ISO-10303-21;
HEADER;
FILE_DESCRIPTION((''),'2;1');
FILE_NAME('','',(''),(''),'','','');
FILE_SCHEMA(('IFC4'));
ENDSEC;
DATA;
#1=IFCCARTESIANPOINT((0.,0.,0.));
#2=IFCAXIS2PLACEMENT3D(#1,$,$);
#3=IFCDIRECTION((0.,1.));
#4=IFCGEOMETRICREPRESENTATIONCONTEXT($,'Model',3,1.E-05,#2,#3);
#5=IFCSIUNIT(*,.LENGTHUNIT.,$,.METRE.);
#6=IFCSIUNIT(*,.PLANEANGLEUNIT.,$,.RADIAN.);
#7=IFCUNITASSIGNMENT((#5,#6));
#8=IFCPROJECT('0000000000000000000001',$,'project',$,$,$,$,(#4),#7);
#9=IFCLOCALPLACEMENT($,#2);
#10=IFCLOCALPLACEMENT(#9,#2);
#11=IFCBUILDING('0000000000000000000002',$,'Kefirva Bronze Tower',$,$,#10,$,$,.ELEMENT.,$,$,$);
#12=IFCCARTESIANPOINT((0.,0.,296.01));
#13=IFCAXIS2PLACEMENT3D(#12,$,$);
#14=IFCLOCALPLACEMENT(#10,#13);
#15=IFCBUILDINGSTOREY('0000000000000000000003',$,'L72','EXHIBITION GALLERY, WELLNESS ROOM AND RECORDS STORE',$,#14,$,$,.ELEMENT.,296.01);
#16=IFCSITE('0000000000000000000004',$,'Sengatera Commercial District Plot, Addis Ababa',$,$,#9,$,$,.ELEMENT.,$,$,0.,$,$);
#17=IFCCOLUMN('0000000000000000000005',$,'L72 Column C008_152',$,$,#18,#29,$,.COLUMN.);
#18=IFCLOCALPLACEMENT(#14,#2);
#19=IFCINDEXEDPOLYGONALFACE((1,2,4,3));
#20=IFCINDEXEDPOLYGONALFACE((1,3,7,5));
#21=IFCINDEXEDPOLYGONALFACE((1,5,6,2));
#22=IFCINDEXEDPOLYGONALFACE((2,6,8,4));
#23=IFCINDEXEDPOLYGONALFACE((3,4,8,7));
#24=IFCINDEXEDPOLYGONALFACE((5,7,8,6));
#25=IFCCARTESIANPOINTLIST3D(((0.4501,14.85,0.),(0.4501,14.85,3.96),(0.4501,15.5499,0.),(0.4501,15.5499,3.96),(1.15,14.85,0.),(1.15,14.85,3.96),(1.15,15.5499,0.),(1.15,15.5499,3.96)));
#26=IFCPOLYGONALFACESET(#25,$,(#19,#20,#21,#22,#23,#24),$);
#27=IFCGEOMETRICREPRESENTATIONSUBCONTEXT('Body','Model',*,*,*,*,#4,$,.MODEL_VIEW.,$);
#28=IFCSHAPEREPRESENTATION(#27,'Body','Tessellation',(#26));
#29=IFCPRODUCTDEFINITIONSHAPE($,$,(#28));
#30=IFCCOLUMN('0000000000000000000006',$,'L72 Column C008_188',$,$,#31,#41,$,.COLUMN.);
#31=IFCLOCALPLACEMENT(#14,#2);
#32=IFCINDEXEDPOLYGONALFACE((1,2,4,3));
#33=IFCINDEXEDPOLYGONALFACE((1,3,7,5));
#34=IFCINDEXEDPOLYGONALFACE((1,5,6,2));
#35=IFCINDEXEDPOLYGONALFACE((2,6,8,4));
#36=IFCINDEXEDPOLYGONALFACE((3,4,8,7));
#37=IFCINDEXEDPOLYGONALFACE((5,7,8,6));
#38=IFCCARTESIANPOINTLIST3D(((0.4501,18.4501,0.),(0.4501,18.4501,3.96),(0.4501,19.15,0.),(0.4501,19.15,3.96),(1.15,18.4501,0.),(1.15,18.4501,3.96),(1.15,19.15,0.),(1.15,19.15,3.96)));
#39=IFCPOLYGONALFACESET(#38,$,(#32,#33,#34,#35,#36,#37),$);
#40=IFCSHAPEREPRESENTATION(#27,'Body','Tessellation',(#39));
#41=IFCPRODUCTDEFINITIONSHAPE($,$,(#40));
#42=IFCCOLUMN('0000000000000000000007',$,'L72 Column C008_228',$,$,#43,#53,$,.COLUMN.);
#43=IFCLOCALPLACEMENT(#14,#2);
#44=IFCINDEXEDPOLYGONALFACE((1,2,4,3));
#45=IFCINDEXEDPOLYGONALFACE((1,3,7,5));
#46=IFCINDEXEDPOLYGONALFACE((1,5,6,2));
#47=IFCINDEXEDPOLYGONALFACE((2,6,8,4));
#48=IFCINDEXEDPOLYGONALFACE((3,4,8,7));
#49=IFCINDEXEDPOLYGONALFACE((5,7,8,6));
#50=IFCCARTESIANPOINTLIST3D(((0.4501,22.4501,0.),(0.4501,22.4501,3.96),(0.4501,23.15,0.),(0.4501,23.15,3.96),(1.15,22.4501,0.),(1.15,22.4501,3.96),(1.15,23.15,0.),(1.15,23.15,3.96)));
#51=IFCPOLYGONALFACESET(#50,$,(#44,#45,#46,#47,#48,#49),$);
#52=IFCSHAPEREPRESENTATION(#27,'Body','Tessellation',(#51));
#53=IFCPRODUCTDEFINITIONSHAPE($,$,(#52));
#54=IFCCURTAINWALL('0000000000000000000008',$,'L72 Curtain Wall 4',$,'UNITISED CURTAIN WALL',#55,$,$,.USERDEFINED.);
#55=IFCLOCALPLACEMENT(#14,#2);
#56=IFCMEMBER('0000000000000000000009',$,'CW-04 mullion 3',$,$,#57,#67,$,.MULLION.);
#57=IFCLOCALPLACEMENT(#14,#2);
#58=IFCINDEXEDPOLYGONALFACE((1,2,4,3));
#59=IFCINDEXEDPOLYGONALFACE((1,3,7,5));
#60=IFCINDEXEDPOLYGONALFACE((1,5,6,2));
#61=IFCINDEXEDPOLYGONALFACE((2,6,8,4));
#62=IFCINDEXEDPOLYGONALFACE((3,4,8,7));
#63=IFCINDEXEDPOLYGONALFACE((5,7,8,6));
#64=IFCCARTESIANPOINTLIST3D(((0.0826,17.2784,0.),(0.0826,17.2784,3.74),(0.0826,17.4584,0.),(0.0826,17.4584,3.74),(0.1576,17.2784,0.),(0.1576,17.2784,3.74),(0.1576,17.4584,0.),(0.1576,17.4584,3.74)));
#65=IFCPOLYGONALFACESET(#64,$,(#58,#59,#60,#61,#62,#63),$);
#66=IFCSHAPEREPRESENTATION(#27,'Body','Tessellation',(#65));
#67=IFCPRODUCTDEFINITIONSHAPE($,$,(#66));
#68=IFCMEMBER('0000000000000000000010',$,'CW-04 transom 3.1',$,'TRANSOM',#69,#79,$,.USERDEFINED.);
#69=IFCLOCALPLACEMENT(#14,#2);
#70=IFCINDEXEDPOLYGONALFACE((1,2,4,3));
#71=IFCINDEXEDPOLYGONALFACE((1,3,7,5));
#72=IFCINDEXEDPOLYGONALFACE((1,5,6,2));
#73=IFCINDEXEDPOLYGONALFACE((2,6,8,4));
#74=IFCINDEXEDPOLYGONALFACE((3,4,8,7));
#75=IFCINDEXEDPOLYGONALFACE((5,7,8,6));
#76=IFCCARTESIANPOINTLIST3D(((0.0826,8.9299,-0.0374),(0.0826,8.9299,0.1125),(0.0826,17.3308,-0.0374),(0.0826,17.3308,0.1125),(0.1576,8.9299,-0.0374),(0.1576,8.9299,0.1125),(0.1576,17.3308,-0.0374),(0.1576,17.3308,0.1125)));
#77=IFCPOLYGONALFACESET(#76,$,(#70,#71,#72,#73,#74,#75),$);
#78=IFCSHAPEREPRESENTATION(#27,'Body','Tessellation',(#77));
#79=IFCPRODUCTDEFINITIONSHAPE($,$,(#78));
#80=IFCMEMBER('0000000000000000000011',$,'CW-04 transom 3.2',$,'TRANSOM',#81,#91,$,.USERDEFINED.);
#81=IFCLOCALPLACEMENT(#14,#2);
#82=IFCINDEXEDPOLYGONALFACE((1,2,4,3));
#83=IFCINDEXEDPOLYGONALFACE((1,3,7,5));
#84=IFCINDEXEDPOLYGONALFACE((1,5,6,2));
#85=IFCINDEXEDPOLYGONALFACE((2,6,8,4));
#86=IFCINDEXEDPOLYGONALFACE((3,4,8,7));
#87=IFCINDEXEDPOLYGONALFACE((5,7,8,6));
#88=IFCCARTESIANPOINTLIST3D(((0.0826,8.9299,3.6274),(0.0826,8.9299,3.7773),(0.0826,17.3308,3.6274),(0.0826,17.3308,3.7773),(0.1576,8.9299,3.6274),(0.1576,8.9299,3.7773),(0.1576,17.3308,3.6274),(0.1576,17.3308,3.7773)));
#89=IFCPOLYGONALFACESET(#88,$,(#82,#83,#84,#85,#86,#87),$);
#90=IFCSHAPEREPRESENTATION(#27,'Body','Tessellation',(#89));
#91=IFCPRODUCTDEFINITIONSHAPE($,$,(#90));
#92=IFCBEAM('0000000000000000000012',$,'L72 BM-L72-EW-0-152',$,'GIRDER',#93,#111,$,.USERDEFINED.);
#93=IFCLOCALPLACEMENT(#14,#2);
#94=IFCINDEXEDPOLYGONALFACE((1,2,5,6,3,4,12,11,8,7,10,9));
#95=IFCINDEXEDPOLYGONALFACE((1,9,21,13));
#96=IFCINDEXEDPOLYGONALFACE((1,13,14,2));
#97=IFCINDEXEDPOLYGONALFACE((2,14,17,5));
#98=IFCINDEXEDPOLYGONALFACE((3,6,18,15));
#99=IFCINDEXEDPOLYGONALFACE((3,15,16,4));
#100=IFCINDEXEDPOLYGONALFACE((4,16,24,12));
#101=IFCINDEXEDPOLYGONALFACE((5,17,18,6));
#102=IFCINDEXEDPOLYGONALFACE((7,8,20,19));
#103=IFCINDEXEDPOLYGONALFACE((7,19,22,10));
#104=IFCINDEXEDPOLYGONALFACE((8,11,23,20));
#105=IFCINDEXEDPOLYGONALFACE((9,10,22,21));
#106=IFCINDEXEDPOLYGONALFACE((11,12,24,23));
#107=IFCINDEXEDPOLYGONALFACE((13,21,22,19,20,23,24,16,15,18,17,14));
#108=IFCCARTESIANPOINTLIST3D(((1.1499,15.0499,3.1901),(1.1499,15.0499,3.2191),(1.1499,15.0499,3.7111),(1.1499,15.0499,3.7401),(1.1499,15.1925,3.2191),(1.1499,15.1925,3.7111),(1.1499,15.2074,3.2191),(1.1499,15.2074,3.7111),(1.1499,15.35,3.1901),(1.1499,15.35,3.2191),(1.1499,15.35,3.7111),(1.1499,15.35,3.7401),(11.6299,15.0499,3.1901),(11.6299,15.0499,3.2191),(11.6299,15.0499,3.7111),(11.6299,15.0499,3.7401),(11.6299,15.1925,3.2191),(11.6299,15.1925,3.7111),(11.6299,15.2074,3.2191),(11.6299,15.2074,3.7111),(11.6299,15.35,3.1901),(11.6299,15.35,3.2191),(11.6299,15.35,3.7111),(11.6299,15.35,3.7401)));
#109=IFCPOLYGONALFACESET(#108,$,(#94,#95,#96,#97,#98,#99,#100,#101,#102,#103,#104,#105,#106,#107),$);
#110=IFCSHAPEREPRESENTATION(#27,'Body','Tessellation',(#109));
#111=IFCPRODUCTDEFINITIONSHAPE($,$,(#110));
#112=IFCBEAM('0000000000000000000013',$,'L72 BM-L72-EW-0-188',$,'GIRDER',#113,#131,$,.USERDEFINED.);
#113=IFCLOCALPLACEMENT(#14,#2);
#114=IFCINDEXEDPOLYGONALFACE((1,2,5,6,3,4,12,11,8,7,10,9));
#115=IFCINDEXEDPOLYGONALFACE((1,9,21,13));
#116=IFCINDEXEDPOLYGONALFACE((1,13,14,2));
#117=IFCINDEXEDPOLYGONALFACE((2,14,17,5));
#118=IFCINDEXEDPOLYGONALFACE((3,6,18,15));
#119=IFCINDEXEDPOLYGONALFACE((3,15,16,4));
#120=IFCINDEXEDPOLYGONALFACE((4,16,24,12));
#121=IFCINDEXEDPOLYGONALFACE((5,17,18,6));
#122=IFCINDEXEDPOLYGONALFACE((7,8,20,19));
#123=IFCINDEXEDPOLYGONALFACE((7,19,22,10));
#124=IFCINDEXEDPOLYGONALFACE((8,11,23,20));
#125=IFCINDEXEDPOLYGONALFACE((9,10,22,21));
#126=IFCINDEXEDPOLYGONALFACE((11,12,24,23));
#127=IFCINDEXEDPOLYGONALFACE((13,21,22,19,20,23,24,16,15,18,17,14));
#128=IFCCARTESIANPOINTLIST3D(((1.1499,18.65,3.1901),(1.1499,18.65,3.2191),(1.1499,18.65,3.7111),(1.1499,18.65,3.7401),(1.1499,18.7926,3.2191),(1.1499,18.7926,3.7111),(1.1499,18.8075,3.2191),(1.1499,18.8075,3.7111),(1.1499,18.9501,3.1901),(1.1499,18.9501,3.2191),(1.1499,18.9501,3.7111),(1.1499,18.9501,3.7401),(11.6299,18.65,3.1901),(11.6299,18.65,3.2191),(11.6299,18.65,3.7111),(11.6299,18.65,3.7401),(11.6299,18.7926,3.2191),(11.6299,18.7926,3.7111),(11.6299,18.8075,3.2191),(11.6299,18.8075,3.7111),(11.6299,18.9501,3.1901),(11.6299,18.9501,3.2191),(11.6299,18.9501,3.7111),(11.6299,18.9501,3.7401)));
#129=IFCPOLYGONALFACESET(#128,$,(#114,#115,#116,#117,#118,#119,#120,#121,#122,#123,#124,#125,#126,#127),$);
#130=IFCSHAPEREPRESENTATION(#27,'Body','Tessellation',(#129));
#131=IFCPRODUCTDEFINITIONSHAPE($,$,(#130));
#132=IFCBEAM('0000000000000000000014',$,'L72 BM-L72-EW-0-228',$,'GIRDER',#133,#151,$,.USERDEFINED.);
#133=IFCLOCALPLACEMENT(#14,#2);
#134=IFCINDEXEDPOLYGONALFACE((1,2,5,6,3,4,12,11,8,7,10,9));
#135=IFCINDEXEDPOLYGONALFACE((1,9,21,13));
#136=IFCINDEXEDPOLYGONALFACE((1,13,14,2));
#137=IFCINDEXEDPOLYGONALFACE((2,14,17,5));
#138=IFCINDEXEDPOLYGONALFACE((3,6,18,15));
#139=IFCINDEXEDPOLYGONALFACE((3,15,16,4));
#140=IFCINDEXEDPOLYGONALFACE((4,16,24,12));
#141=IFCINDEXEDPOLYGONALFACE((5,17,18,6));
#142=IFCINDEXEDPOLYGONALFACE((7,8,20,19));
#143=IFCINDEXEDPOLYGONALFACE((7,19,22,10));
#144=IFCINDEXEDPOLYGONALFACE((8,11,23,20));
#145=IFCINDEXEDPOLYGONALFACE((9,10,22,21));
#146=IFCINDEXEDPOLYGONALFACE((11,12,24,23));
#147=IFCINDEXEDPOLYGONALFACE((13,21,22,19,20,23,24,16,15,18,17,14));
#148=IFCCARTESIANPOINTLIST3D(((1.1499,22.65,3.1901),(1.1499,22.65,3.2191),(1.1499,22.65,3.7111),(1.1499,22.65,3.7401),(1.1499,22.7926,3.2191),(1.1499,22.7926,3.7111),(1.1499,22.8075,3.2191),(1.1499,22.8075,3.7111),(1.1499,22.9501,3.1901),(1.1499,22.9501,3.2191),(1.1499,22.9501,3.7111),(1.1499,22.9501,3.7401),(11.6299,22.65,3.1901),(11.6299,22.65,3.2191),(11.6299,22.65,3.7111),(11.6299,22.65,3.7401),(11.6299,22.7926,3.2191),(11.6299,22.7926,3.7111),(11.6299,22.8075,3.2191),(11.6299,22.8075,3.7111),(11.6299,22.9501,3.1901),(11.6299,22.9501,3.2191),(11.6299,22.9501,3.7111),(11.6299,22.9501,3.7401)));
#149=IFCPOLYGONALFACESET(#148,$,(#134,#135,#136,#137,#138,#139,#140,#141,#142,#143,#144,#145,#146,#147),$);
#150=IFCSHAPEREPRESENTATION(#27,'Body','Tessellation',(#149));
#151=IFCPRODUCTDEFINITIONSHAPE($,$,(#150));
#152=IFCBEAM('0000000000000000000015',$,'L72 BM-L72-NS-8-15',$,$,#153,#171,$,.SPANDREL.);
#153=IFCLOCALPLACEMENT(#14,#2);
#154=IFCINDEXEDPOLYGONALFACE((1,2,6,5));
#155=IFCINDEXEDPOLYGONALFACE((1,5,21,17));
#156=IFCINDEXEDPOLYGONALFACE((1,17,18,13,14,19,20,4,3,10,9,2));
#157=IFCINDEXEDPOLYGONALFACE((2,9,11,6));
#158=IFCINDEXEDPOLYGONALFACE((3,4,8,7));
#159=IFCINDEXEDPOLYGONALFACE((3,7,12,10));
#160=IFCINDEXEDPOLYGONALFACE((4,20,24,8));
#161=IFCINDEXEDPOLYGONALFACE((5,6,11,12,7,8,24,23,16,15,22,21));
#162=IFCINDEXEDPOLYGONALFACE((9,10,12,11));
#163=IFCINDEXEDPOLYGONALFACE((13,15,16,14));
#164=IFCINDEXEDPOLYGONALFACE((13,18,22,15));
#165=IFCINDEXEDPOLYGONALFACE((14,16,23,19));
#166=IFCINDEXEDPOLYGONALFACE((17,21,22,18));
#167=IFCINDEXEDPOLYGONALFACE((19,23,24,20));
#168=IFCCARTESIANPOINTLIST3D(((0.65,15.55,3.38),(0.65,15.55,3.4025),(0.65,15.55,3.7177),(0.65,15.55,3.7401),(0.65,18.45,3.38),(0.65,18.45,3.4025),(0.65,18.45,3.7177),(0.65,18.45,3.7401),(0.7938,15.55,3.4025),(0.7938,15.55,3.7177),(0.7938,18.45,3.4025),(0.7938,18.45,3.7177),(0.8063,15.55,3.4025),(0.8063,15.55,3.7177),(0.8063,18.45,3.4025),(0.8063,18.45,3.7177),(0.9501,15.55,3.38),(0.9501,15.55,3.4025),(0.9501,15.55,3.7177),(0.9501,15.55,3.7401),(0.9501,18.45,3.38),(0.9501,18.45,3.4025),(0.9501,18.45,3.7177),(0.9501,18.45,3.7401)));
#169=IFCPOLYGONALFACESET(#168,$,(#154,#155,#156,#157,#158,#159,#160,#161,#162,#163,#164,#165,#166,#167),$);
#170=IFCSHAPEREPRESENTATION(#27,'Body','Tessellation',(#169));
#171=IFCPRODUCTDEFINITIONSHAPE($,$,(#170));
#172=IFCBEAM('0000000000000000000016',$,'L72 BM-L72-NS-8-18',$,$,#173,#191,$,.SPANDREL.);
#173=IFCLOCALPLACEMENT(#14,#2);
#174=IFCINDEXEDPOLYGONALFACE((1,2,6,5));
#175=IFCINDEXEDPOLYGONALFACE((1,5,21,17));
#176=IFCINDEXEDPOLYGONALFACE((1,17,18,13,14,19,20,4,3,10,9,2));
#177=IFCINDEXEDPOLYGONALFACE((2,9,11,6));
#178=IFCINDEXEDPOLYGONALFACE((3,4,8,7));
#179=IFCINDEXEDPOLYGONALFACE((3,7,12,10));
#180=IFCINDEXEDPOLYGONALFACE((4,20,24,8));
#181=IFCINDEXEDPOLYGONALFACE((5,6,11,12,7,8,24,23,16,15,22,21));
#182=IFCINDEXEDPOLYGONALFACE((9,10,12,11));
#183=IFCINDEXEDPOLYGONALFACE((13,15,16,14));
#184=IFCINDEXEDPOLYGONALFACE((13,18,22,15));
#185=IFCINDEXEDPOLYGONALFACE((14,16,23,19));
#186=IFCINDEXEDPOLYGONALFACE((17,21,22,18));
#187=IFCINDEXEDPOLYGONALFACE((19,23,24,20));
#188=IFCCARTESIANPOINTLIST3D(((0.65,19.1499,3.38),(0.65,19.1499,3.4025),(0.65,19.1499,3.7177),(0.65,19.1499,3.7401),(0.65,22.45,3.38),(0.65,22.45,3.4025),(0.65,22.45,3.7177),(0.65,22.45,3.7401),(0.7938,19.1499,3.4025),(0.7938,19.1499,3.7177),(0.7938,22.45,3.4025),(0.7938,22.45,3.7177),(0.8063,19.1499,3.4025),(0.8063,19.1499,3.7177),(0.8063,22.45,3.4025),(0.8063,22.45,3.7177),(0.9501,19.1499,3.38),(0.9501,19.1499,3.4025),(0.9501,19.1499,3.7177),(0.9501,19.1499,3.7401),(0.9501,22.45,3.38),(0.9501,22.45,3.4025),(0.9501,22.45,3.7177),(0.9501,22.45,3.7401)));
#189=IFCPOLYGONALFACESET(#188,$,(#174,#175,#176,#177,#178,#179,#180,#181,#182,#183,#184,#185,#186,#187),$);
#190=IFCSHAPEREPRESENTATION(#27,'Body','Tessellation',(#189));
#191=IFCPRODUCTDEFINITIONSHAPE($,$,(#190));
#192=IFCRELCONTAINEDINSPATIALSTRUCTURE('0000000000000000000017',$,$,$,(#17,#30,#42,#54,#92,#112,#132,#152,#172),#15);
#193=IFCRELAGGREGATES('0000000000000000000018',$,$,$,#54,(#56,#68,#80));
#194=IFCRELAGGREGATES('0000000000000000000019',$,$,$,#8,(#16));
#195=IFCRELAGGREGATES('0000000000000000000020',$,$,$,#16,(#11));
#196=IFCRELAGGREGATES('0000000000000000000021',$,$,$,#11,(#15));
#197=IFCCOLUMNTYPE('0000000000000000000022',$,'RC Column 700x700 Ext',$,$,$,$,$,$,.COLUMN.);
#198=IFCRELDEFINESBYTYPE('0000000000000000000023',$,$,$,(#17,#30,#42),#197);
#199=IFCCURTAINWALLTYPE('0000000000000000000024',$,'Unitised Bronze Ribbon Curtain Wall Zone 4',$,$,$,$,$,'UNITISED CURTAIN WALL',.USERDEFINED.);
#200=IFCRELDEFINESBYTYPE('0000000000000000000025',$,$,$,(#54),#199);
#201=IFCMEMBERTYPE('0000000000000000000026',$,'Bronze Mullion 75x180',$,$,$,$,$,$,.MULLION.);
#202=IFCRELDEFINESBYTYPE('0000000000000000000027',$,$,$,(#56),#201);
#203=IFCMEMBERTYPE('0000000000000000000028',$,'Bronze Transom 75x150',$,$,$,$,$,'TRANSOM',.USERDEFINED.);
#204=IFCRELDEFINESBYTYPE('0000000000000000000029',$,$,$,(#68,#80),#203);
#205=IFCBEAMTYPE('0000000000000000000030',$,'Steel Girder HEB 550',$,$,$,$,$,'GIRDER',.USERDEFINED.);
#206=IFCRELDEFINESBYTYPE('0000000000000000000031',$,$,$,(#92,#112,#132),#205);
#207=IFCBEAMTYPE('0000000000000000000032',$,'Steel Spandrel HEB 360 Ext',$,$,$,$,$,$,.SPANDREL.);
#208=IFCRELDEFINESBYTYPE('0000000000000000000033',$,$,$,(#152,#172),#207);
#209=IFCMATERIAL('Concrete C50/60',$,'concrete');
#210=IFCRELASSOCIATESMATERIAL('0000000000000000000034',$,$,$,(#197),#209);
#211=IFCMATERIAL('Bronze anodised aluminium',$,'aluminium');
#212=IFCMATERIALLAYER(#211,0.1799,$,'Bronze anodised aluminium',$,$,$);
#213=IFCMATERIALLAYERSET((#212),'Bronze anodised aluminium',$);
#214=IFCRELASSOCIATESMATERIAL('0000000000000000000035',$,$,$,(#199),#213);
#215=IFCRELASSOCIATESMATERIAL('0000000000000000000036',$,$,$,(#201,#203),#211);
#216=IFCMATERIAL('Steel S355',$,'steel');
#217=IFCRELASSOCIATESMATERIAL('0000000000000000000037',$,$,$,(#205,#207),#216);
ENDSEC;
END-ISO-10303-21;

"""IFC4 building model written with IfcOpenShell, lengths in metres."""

from ifc_helpers import new_model, si_unit, direction, frame, origin, origin_2d, place, context, subcontext, project, spatial, rectangle, i_section, extrude, material, layer, layer_set, material_profile, profile_set, type_object, element, aggregate, save


model = new_model("IFC4")

# Units and contexts
model_context = context("Model", 3, precision=1e-05, world=origin(), true_north=direction((0.0, 1.0)))
body_context = subcontext(model_context, "Body", "Model", "MODEL_VIEW")
ifc_project = project(units=[si_unit("LENGTHUNIT", "METRE"), si_unit("PLANEANGLEUNIT", "RADIAN")], contexts=[model_context])

# Site, building, storey
site_placement = place(None, origin())
site = spatial("IfcSite", under=ifc_project, at=site_placement, Name="Sengatera Commercial District Plot, Addis Ababa", CompositionType="ELEMENT", RefElevation=0.0)
building_placement = place(site_placement, origin())
building = spatial("IfcBuilding", under=site, at=building_placement, Name="Kefirva Bronze Tower", CompositionType="ELEMENT")
storey_placement = place(building_placement, frame((0.0, 0.0, 296.01)))
storey = spatial("IfcBuildingStorey", under=building, at=storey_placement, Name="L72", Description="EXHIBITION GALLERY, WELLNESS ROOM AND RECORDS STORE", CompositionType="ELEMENT", Elevation=296.01)

# Columns
ifc_material_1 = material(Name="Concrete C50/60", Category="concrete")
ifc_material_profile_1 = material_profile(ifc_material_1, rectangle(XDim=0.7, YDim=0.7, at=origin_2d()), Name="RC 700x700")
ifc_profile_set_1 = profile_set([ifc_material_profile_1], Name="Concrete C50/60")
column_type = type_object("IfcColumnType", Name="RC Column 700x700 Ext", PredefinedType="COLUMN", material=ifc_profile_set_1)
for number, where, z_axis, x_axis, name in (
    (1, (0.8, 15.2, 0.0), (0.0, 0.0, 1.0), (1.0, 0.0, 0.0), "L72 Column C008_152"),
    (2, (0.8, 18.8, 0.0), (0.0, 0.0, 1.0), (1.0, 0.0, 0.0), "L72 Column C008_188"),
    (3, (0.8, 22.8, 0.0), (0.0, 0.0, 1.0), (1.0, 0.0, 0.0), "L72 Column C008_228"),
):
    element("IfcColumn", number, at=place(storey_placement, frame(where, z_axis=z_axis, x_axis=x_axis)), inside=storey, type_object=column_type, Name=name, PredefinedType="COLUMN", context=body_context, shape_type="SweptSolid", body=[
        extrude(rectangle(XDim=0.7, YDim=0.7, at=origin_2d()), origin(), (0.0, 0.0, 1.0), 3.96),
    ])

# Curtain wall, members
ifc_material_2 = material(Name="Bronze anodised aluminium", Category="aluminium")
ifc_layer_1 = layer(ifc_material_2, 0.1799, Name="Bronze anodised aluminium")
ifc_layer_set_1 = layer_set([ifc_layer_1], Name="Bronze anodised aluminium")
curtain_wall_type = type_object("IfcCurtainWallType", Name="Unitised Bronze Ribbon Curtain Wall Zone 4", ElementType="UNITISED CURTAIN WALL", PredefinedType="USERDEFINED", material=ifc_layer_set_1)
curtain_wall_placement = place(storey_placement, origin())
curtain_wall = element("IfcCurtainWall", 4, at=curtain_wall_placement, inside=storey, type_object=curtain_wall_type, Name="L72 Curtain Wall 4", ObjectType="UNITISED CURTAIN WALL", PredefinedType="USERDEFINED")
ifc_material_profile_2 = material_profile(ifc_material_2, rectangle(XDim=0.075, YDim=0.1799, at=origin_2d()), Name="ALU 75x180")
ifc_profile_set_2 = profile_set([ifc_material_profile_2], Name="Bronze anodised aluminium")
member_type_1 = type_object("IfcMemberType", Name="Bronze Mullion 75x180", PredefinedType="MULLION", material=ifc_profile_set_2)
member_1_placement = place(storey_placement, frame((0.1201, 17.3684, 0.0), z_axis=(0.0, 0.0, 1.0), x_axis=(1.0, 0.0, 0.0)))
member_1 = element("IfcMember", 5, at=member_1_placement, type_object=member_type_1, Name="CW-04 mullion 3", PredefinedType="MULLION", context=body_context, shape_type="SweptSolid", body=[
    extrude(rectangle(XDim=0.075, YDim=0.1799, at=origin_2d()), origin(), (0.0, 0.0, 1.0), 3.74),
])
ifc_material_profile_3 = material_profile(ifc_material_2, rectangle(XDim=0.075, YDim=0.1499, at=origin_2d()), Name="ALU 75x150")
ifc_profile_set_3 = profile_set([ifc_material_profile_3], Name="Bronze anodised aluminium")
member_type_2 = type_object("IfcMemberType", Name="Bronze Transom 75x150", ElementType="TRANSOM", PredefinedType="USERDEFINED", material=ifc_profile_set_3)
member_2_placement = place(storey_placement, frame((0.1201, 17.3308, 0.0376), z_axis=(0.0, -1.0, 0.0), x_axis=(1.0, 0.0, 0.0)))
member_2 = element("IfcMember", 6, at=member_2_placement, type_object=member_type_2, Name="CW-04 transom 3.1", ObjectType="TRANSOM", PredefinedType="USERDEFINED", context=body_context, shape_type="SweptSolid", body=[
    extrude(rectangle(XDim=0.075, YDim=0.1499, at=origin_2d()), origin(), (0.0, 0.0, 1.0), 8.4009),
])
member_3_placement = place(storey_placement, frame((0.1201, 17.3308, 3.7024), z_axis=(0.0, -1.0, 0.0), x_axis=(1.0, 0.0, 0.0)))
member_3 = element("IfcMember", 7, at=member_3_placement, type_object=member_type_2, Name="CW-04 transom 3.2", ObjectType="TRANSOM", PredefinedType="USERDEFINED", context=body_context, shape_type="SweptSolid", body=[
    extrude(rectangle(XDim=0.075, YDim=0.1499, at=origin_2d()), origin(), (0.0, 0.0, 1.0), 8.4009),
])

# Beams
ifc_material_3 = material(Name="Steel S355", Category="steel")
ifc_material_profile_4 = material_profile(ifc_material_3, i_section(OverallWidth=0.3, OverallDepth=0.55, WebThickness=0.0149, FlangeThickness=0.0291, at=origin_2d()), Name="HEB 550")
ifc_profile_set_4 = profile_set([ifc_material_profile_4], Name="Steel S355")
beam_type_1 = type_object("IfcBeamType", Name="Steel Girder HEB 550", ElementType="GIRDER", PredefinedType="USERDEFINED", material=ifc_profile_set_4)
for number, where, z_axis, x_axis, name in (
    (8, (1.1499, 15.2, 3.4651), (1.0, 0.0, 0.0), (0.0, 1.0, 0.0), "L72 BM-L72-EW-0-152"),
    (9, (1.1499, 18.8, 3.4651), (1.0, 0.0, 0.0), (0.0, 1.0, 0.0), "L72 BM-L72-EW-0-188"),
    (10, (1.1499, 22.8, 3.4651), (1.0, 0.0, 0.0), (0.0, 1.0, 0.0), "L72 BM-L72-EW-0-228"),
):
    element("IfcBeam", number, at=place(storey_placement, frame(where, z_axis=z_axis, x_axis=x_axis)), inside=storey, type_object=beam_type_1, Name=name, ObjectType="GIRDER", PredefinedType="USERDEFINED", context=body_context, shape_type="SweptSolid", body=[
        extrude(i_section(OverallWidth=0.3, OverallDepth=0.55, WebThickness=0.0149, FlangeThickness=0.0291, at=origin_2d()), origin(), (0.0, 0.0, 1.0), 10.48),
    ])
ifc_material_profile_5 = material_profile(ifc_material_3, i_section(OverallWidth=0.3, OverallDepth=0.3601, WebThickness=0.0125, FlangeThickness=0.0225, at=origin_2d()), Name="HEB 360")
ifc_profile_set_5 = profile_set([ifc_material_profile_5], Name="Steel S355")
beam_type_2 = type_object("IfcBeamType", Name="Steel Spandrel HEB 360 Ext", PredefinedType="SPANDREL", material=ifc_profile_set_5)
beam_1_placement = place(storey_placement, frame((0.8, 15.55, 3.5601), z_axis=(0.0, 1.0, 0.0), x_axis=(-1.0, 0.0, 0.0)))
element("IfcBeam", 11, at=beam_1_placement, inside=storey, type_object=beam_type_2, Name="L72 BM-L72-NS-8-15", PredefinedType="SPANDREL", context=body_context, shape_type="SweptSolid", body=[
    extrude(i_section(OverallWidth=0.3, OverallDepth=0.3601, WebThickness=0.0125, FlangeThickness=0.0225, at=origin_2d()), origin(), (0.0, 0.0, 1.0), 2.8999),
])
beam_2_placement = place(storey_placement, frame((0.8, 19.1499, 3.5601), z_axis=(0.0, 1.0, 0.0), x_axis=(-1.0, 0.0, 0.0)))
element("IfcBeam", 12, at=beam_2_placement, inside=storey, type_object=beam_type_2, Name="L72 BM-L72-NS-8-18", PredefinedType="SPANDREL", context=body_context, shape_type="SweptSolid", body=[
    extrude(i_section(OverallWidth=0.3, OverallDepth=0.3601, WebThickness=0.0125, FlangeThickness=0.0225, at=origin_2d()), origin(), (0.0, 0.0, 1.0), 3.3),
])

aggregate(curtain_wall, [member_1, member_2, member_3])

save(model, "model.ifc")
